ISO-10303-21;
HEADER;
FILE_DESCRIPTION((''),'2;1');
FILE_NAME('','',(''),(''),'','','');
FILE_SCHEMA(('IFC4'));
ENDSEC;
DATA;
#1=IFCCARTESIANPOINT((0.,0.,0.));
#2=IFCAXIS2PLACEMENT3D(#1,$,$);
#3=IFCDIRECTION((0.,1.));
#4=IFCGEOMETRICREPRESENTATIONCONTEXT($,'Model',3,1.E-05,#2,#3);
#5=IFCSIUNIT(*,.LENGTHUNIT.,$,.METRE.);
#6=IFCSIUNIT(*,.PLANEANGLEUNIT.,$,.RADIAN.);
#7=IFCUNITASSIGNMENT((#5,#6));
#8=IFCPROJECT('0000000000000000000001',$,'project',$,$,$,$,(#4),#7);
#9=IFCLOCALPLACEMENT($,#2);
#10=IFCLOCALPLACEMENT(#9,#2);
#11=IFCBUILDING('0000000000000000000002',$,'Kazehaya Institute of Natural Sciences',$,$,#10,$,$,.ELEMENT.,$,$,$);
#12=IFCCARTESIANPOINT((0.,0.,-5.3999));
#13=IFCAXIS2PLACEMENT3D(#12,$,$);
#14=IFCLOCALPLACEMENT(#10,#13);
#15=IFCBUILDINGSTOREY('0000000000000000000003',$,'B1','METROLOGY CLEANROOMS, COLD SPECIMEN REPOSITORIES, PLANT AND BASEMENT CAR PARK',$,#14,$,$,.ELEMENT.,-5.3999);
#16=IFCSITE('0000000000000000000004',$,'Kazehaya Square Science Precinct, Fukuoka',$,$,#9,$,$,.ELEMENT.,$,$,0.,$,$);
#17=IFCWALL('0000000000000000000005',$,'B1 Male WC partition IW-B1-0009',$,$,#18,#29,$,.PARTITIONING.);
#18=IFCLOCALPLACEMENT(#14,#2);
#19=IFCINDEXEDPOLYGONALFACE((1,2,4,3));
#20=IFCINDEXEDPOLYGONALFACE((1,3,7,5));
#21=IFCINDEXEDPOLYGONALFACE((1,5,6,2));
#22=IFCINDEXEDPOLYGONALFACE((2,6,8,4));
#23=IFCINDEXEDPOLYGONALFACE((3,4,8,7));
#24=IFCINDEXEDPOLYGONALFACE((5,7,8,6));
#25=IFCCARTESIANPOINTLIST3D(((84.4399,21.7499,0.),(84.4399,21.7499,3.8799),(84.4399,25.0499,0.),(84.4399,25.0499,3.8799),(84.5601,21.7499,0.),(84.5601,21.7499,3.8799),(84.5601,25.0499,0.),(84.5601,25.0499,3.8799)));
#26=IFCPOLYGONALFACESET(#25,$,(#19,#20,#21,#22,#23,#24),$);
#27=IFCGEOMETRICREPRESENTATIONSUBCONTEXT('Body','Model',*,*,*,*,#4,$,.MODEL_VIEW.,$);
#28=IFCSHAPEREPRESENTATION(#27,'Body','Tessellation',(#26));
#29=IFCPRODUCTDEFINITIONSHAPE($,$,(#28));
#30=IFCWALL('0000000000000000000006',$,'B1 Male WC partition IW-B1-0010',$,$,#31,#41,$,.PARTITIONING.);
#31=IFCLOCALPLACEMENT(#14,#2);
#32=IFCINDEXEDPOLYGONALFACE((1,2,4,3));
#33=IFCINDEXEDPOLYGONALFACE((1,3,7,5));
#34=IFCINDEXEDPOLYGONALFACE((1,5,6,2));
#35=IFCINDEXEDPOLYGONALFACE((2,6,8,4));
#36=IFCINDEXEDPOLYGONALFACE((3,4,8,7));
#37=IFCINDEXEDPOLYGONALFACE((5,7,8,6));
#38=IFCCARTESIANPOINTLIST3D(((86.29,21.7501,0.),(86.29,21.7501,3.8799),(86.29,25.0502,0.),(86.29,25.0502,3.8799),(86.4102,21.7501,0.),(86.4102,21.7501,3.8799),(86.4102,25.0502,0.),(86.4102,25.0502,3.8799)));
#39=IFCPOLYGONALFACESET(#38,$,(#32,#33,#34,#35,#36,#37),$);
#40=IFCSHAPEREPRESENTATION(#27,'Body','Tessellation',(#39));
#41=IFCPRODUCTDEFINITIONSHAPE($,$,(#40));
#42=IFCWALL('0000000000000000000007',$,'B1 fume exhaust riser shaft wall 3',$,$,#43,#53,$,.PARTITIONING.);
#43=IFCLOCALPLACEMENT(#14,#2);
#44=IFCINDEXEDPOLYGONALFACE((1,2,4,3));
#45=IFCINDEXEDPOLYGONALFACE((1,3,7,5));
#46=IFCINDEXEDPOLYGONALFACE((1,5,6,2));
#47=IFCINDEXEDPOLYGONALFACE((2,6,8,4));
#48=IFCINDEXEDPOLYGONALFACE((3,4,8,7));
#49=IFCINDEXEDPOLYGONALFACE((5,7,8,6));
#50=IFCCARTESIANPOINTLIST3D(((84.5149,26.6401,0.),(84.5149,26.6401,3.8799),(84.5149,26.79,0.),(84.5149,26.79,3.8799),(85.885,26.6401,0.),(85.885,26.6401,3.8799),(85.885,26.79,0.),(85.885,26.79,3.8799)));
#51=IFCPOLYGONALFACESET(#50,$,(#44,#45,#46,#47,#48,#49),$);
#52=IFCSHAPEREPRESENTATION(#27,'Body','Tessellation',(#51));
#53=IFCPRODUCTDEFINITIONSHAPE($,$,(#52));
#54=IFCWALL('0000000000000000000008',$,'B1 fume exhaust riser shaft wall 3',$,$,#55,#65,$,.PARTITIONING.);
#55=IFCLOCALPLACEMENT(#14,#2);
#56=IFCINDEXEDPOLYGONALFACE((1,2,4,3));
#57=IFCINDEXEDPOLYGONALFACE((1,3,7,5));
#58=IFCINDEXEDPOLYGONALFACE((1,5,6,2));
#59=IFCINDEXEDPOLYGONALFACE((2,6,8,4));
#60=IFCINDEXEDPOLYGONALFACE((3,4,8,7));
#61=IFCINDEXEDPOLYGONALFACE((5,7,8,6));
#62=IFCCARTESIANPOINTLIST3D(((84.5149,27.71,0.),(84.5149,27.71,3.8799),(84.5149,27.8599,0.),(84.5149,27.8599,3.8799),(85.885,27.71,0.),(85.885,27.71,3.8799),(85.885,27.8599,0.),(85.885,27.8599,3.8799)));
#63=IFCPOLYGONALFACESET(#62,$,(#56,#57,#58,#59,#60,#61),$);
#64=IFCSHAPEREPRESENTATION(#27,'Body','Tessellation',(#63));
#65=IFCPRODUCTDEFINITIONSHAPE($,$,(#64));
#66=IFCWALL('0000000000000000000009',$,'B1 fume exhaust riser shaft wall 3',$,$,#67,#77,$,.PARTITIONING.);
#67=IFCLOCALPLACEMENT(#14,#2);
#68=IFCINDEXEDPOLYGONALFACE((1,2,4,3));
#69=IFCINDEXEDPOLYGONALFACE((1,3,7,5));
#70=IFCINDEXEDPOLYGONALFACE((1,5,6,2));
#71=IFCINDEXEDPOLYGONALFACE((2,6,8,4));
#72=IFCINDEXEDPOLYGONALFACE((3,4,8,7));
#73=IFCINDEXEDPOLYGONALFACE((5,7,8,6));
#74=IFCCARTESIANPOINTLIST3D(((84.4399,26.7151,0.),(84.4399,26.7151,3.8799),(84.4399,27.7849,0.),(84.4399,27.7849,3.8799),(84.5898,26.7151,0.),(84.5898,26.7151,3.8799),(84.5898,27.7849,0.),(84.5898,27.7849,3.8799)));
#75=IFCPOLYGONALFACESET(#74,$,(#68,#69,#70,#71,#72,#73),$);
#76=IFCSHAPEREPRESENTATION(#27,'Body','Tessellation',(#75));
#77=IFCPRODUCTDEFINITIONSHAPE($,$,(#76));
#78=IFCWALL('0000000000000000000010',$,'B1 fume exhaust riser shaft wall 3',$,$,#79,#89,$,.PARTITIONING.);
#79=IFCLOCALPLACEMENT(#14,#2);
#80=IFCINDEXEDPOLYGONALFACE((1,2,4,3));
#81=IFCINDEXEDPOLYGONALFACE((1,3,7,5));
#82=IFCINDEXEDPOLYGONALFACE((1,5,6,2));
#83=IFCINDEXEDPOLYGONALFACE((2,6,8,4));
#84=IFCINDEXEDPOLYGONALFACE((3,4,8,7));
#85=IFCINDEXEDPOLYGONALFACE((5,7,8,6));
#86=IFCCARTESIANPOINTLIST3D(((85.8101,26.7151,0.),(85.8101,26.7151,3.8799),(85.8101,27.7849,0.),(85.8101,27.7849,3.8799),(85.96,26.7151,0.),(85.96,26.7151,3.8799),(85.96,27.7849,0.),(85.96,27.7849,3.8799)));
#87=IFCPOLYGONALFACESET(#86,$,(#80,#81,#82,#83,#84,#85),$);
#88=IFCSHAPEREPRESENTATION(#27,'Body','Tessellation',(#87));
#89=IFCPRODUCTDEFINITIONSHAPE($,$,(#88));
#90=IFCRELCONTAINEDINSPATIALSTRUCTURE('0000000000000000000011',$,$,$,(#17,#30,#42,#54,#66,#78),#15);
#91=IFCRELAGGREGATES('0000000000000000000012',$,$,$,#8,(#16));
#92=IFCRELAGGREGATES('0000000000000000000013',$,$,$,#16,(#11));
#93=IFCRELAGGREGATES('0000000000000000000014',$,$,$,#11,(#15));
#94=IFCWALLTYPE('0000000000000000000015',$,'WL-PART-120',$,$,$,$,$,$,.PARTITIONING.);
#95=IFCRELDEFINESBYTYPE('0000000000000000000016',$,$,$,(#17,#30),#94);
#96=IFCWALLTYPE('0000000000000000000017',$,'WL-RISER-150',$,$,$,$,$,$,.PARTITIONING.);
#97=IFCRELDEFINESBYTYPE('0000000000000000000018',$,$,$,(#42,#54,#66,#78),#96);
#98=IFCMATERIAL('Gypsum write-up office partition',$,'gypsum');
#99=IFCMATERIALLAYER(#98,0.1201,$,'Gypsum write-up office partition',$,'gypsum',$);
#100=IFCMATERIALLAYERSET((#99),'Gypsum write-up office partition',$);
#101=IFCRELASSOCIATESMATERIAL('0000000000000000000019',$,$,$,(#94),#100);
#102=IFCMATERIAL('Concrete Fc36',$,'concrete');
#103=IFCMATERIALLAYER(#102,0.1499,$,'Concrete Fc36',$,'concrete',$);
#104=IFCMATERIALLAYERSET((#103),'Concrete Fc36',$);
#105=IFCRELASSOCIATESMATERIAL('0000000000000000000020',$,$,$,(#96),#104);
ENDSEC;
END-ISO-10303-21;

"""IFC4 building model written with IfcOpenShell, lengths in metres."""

from ifc_helpers import new_model, si_unit, direction, frame, frame_2d, origin, place, context, subcontext, project, spatial, rectangle, extrude, material, layer, layer_set, type_object, element, save


model = new_model("IFC4")

# Units and contexts
model_context = context("Model", 3, precision=1e-05, world=origin(), true_north=direction((0.0, 1.0)))
body_context = subcontext(model_context, "Body", "Model", "MODEL_VIEW")
ifc_project = project(units=[si_unit("LENGTHUNIT", "METRE"), si_unit("PLANEANGLEUNIT", "RADIAN")], contexts=[model_context])

# Site, building, storey
site_placement = place(None, origin())
site = spatial("IfcSite", under=ifc_project, at=site_placement, Name="Kazehaya Square Science Precinct, Fukuoka", CompositionType="ELEMENT", RefElevation=0.0)
building_placement = place(site_placement, origin())
building = spatial("IfcBuilding", under=site, at=building_placement, Name="Kazehaya Institute of Natural Sciences", CompositionType="ELEMENT")
storey_placement = place(building_placement, frame((0.0, 0.0, -5.3999)))
storey = spatial("IfcBuildingStorey", under=building, at=storey_placement, Name="B1", Description="METROLOGY CLEANROOMS, COLD SPECIMEN REPOSITORIES, PLANT AND BASEMENT CAR PARK", CompositionType="ELEMENT", Elevation=-5.3999)

# Shared definitions
ifc_material_1 = material(Name="Concrete Fc36", Category="concrete")

# Shared definitions
ifc_material_2 = material(Name="Gypsum write-up office partition", Category="gypsum")
ifc_layer_1 = layer(ifc_material_2, 0.1201, Name="Gypsum write-up office partition", Category="gypsum")
ifc_layer_set_1 = layer_set([ifc_layer_1], Name="Gypsum write-up office partition")
wall_type_1 = type_object("IfcWallType", Name="WL-PART-120", PredefinedType="PARTITIONING", material=ifc_layer_set_1)

# Walls
for number, where, z_axis, x_axis, name in (
    (1, (84.5, 21.75, 0.0), (0.0, 0.0, 1.0), (0.0, 1.0, 0.0), "B1 Male WC partition IW-B1-0009"),
    (2, (86.3501, 25.05, 0.0), (0.0, 0.0, 1.0), (0.0, -1.0, 0.0), "B1 Male WC partition IW-B1-0010"),
):
    element("IfcWall", number, at=place(storey_placement, frame(where, z_axis=z_axis, x_axis=x_axis)), inside=storey, type_object=wall_type_1, Name=name, PredefinedType="PARTITIONING", context=body_context, shape_type="SweptSolid", body=[
        extrude(rectangle(XDim=3.3, YDim=0.1201, at=frame_2d((1.6499, 0.0))), origin(), (0.0, 0.0, 1.0), 3.8799),
    ])
ifc_layer_2 = layer(ifc_material_1, 0.1499, Name="Concrete Fc36", Category="concrete")
ifc_layer_set_2 = layer_set([ifc_layer_2], Name="Concrete Fc36")
wall_type_2 = type_object("IfcWallType", Name="WL-RISER-150", PredefinedType="PARTITIONING", material=ifc_layer_set_2)
for number, where, z_axis, x_axis, name in (
    (3, (85.885, 26.7151, 0.0), (0.0, 0.0, 1.0), (-1.0, 0.0, 0.0), "B1 fume exhaust riser shaft wall 3"),
    (4, (84.5149, 27.7849, 0.0), (0.0, 0.0, 1.0), (1.0, 0.0, 0.0), "B1 fume exhaust riser shaft wall 3"),
):
    element("IfcWall", number, at=place(storey_placement, frame(where, z_axis=z_axis, x_axis=x_axis)), inside=storey, type_object=wall_type_2, Name=name, PredefinedType="PARTITIONING", context=body_context, shape_type="SweptSolid", body=[
        extrude(rectangle(XDim=1.3701, YDim=0.1499, at=frame_2d((0.6851, 0.0))), origin(), (0.0, 0.0, 1.0), 3.8799),
    ])
for number, where, z_axis, x_axis, name in (
    (5, (84.5149, 26.7151, 0.0), (0.0, 0.0, 1.0), (0.0, 1.0, 0.0), "B1 fume exhaust riser shaft wall 3"),
    (6, (85.885, 27.7849, 0.0), (0.0, 0.0, 1.0), (0.0, -1.0, 0.0), "B1 fume exhaust riser shaft wall 3"),
):
    element("IfcWall", number, at=place(storey_placement, frame(where, z_axis=z_axis, x_axis=x_axis)), inside=storey, type_object=wall_type_2, Name=name, PredefinedType="PARTITIONING", context=body_context, shape_type="SweptSolid", body=[
        extrude(rectangle(XDim=1.0698, YDim=0.1499, at=frame_2d((0.5349, 0.0))), origin(), (0.0, 0.0, 1.0), 3.8799),
    ])

save(model, "model.ifc")
